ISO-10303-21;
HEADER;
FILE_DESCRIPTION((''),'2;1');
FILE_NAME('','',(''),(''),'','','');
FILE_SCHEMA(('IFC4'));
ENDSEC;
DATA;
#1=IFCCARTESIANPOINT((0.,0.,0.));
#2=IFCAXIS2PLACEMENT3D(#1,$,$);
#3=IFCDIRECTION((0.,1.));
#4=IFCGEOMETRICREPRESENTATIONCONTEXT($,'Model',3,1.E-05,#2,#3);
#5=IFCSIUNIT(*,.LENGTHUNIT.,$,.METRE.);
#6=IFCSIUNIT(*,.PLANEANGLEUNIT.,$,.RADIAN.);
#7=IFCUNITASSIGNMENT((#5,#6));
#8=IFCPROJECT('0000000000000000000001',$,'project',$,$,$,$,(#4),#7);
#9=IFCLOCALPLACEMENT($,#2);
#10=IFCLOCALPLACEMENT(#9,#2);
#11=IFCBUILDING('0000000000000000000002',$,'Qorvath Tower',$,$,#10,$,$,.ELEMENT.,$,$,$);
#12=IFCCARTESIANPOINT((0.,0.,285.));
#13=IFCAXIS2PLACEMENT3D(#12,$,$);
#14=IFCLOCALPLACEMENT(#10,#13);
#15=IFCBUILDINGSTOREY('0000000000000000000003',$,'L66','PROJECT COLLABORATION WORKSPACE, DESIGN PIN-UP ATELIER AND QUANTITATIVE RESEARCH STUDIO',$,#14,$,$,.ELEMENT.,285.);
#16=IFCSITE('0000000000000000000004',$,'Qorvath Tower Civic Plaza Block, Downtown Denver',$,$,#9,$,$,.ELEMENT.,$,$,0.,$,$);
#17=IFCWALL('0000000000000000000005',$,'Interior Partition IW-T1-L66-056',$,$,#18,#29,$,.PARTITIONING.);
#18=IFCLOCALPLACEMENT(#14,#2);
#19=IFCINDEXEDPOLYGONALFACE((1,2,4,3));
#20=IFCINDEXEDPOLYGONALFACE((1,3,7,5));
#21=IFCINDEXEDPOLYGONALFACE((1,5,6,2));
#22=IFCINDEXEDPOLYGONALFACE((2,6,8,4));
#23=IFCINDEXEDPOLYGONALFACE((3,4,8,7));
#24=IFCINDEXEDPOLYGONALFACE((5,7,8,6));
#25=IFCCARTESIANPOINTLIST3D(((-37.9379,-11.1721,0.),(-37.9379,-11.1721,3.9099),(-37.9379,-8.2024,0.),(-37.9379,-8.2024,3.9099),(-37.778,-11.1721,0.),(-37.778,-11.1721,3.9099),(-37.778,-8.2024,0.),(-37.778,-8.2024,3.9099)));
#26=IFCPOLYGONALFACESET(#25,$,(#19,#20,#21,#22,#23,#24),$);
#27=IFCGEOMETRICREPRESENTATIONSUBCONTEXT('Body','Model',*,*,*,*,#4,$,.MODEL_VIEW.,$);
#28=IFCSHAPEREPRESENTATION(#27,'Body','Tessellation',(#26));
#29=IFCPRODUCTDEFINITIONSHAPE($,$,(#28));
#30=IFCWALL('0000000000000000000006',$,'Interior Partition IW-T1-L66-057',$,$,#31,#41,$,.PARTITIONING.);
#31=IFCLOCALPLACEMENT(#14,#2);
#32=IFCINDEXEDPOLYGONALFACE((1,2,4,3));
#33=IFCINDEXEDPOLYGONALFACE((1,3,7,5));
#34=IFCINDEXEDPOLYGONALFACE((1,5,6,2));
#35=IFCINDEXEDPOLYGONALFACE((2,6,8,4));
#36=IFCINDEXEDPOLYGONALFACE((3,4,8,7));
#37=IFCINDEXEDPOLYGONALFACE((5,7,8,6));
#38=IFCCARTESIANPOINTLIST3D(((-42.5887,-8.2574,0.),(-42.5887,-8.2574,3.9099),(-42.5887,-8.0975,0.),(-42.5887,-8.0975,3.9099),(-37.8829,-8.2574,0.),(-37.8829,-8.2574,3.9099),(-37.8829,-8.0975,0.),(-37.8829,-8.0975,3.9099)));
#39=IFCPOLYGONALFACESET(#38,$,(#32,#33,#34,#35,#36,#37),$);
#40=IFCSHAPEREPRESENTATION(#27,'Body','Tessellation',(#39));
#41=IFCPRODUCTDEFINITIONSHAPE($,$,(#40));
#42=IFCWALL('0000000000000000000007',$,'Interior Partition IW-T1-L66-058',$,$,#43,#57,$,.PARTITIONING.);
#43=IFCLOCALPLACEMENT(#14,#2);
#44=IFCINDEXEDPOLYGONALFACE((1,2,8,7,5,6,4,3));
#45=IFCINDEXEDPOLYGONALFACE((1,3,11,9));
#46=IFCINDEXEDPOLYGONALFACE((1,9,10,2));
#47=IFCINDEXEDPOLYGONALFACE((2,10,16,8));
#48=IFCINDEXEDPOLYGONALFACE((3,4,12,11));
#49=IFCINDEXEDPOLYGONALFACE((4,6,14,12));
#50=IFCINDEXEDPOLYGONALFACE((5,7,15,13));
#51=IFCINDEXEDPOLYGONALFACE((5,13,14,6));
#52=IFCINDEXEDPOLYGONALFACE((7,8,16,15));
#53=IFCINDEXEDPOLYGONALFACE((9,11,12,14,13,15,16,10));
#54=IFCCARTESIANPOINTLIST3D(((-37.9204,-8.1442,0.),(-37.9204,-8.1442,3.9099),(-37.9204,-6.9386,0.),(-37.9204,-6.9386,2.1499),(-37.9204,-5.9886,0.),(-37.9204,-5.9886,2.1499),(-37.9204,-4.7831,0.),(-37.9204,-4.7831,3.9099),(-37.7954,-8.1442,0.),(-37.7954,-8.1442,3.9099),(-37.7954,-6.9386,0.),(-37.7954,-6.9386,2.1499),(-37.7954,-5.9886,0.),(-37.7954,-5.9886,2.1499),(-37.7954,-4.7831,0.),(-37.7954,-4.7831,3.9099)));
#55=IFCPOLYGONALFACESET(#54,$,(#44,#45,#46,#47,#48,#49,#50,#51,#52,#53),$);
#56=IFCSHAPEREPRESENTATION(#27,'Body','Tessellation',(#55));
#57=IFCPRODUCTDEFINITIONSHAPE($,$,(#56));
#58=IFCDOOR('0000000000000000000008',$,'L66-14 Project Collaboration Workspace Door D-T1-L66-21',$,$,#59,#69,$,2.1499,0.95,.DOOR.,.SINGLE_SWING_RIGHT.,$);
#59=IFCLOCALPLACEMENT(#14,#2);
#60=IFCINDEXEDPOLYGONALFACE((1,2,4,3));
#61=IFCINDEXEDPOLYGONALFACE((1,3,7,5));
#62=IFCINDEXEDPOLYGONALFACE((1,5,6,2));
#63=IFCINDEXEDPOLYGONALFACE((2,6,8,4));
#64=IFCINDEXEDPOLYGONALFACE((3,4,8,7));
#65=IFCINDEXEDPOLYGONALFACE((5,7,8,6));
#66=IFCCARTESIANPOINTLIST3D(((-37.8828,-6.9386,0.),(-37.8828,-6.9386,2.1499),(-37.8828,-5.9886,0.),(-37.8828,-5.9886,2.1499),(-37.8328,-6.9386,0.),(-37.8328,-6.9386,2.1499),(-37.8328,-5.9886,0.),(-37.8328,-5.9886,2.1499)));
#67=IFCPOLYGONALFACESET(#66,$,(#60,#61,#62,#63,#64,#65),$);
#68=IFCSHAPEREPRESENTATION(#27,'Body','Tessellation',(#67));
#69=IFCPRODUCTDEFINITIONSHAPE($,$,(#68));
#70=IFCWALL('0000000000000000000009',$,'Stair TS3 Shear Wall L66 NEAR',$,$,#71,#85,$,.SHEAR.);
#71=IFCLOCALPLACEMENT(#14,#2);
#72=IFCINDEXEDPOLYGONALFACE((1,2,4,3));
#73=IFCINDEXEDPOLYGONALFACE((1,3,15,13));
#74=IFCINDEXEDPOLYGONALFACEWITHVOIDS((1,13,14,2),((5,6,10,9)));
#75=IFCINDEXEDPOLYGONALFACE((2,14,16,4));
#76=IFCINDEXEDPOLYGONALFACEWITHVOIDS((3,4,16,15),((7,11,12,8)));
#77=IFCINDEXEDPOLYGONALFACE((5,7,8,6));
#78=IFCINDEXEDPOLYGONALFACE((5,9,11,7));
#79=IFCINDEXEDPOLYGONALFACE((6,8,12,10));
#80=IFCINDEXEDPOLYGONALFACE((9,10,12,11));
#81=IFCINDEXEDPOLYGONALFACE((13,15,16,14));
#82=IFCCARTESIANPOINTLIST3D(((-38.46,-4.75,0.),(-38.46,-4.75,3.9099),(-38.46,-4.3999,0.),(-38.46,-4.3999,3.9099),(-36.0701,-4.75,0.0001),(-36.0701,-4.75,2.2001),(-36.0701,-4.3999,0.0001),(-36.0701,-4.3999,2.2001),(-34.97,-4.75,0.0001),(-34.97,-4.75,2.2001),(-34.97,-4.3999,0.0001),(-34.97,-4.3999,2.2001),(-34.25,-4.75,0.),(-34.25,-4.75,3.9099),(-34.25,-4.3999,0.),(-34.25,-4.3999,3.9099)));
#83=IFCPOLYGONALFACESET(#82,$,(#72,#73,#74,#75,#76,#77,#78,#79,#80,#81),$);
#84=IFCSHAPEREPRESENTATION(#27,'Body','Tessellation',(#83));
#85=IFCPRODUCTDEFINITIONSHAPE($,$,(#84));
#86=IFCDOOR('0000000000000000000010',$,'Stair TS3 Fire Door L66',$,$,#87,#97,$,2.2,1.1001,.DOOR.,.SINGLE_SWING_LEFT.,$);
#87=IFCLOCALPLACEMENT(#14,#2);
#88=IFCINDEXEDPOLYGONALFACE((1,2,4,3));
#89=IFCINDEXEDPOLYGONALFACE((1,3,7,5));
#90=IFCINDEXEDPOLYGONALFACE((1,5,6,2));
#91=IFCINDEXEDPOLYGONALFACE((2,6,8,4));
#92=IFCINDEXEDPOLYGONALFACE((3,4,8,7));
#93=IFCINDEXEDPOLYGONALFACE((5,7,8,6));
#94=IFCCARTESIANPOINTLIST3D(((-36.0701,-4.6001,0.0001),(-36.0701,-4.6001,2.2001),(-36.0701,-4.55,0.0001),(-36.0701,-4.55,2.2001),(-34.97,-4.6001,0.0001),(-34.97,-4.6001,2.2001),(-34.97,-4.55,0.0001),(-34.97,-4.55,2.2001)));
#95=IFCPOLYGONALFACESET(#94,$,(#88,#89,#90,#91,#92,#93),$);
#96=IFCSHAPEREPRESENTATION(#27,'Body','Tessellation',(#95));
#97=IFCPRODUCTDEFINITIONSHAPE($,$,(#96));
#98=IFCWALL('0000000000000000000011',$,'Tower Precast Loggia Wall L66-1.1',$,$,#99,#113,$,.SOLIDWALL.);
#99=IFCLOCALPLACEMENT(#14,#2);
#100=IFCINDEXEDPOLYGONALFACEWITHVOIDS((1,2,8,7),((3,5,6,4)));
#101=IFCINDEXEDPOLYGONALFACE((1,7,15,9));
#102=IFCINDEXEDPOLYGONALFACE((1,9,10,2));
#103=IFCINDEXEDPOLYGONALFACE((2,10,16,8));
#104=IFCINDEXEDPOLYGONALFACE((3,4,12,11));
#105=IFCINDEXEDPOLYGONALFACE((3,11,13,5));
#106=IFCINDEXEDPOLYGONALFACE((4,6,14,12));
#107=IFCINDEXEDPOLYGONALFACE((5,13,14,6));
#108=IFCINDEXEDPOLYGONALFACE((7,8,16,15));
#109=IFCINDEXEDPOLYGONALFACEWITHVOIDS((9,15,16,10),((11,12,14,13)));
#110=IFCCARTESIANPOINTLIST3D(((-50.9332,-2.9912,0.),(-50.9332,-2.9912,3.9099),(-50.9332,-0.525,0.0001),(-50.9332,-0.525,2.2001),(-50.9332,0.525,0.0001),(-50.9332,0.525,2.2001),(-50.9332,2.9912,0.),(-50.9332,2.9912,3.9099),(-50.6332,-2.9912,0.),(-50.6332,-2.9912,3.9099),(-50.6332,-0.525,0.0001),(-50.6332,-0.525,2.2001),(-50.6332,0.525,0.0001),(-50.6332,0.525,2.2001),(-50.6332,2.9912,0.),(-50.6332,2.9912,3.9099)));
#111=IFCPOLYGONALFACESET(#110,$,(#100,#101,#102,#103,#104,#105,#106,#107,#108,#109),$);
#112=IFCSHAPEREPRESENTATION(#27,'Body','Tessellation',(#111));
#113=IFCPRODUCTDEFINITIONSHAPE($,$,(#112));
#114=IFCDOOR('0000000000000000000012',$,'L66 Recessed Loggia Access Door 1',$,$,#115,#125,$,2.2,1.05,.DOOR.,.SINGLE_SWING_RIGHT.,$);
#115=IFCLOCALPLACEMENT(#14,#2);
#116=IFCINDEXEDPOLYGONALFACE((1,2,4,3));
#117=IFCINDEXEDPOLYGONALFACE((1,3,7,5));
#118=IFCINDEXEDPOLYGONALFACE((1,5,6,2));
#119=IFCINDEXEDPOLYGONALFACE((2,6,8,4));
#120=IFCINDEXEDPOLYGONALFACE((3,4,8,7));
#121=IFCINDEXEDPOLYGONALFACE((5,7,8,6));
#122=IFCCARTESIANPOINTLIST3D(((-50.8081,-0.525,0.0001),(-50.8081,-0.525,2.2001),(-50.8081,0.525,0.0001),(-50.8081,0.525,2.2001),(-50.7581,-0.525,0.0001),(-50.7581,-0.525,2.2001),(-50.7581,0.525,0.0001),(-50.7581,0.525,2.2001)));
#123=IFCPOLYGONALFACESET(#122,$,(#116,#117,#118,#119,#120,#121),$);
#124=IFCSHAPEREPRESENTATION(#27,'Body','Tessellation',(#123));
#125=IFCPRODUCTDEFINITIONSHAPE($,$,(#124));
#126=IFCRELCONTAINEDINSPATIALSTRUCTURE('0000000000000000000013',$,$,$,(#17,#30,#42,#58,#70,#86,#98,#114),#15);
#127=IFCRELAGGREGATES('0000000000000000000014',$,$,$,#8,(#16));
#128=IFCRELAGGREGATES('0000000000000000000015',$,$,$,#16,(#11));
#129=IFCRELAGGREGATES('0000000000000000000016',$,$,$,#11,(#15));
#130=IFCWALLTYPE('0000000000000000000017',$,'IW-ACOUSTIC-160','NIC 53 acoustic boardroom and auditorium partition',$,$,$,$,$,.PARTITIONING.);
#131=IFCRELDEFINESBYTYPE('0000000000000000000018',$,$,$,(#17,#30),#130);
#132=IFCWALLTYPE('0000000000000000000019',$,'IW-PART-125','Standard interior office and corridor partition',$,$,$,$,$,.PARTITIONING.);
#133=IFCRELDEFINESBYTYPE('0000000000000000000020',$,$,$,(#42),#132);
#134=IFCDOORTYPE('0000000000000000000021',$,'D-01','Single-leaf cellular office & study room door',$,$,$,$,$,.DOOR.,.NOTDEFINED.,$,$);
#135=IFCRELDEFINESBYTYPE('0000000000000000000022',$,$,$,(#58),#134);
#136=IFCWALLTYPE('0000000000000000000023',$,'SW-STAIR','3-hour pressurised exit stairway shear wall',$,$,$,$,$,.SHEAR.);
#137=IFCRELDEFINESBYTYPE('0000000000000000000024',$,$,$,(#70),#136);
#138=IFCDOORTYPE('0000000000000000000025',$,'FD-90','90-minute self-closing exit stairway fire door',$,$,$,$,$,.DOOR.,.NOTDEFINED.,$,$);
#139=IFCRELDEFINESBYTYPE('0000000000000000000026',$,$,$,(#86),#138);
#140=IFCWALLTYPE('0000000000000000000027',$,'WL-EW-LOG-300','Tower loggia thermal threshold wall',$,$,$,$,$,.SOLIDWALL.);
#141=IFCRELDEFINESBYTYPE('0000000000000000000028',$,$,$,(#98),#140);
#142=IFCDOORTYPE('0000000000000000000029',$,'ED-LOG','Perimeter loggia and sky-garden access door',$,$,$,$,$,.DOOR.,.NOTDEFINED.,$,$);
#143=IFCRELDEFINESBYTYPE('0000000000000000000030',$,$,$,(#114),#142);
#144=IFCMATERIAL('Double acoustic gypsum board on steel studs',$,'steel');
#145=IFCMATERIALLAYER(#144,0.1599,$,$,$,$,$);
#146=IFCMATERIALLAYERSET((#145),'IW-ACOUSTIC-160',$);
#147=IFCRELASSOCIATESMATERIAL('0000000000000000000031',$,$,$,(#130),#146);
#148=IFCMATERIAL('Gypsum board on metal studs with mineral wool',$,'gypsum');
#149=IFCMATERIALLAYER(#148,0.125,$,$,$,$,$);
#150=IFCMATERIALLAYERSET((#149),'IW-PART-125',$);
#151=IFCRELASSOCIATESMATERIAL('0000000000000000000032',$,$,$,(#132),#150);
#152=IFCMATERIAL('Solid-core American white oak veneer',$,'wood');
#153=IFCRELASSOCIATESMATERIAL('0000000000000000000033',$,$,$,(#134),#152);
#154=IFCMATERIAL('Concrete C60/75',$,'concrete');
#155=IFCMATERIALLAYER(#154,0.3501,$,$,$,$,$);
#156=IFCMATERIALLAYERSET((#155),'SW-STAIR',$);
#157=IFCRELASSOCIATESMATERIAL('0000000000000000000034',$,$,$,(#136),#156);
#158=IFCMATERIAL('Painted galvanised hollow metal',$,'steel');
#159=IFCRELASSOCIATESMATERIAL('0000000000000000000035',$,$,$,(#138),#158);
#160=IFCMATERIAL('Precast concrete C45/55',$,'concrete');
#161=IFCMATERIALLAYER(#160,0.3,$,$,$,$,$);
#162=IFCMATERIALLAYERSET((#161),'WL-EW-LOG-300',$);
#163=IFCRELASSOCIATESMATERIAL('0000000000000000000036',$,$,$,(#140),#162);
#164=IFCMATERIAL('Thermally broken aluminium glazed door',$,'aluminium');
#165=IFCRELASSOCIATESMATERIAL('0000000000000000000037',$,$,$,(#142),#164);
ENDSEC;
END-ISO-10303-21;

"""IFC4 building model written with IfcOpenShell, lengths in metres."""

from ifc_helpers import new_model, si_unit, direction, frame, frame_2d, origin, place, context, subcontext, project, spatial, rectangle, extrude, material, layer, layer_set, type_object, element, fill, save


model = new_model("IFC4")

# Units and contexts
model_context = context("Model", 3, precision=1e-05, world=origin(), true_north=direction((0.0, 1.0)))
body_context = subcontext(model_context, "Body", "Model", "MODEL_VIEW")
ifc_project = project(units=[si_unit("LENGTHUNIT", "METRE"), si_unit("PLANEANGLEUNIT", "RADIAN")], contexts=[model_context])

# Site, building, storey
site_placement = place(None, origin())
site = spatial("IfcSite", under=ifc_project, at=site_placement, Name="Qorvath Tower Civic Plaza Block, Downtown Denver", CompositionType="ELEMENT", RefElevation=0.0)
building_placement = place(site_placement, origin())
building = spatial("IfcBuilding", under=site, at=building_placement, Name="Qorvath Tower", CompositionType="ELEMENT")
storey_placement = place(building_placement, frame((0.0, 0.0, 285.0)))
storey = spatial("IfcBuildingStorey", under=building, at=storey_placement, Name="L66", Description="PROJECT COLLABORATION WORKSPACE, DESIGN PIN-UP ATELIER AND QUANTITATIVE RESEARCH STUDIO", CompositionType="ELEMENT", Elevation=285.0)

# Shared definitions
ifc_material_1 = material(Name="Double acoustic gypsum board on steel studs", Category="steel")
ifc_layer_1 = layer(ifc_material_1, 0.1599)
ifc_layer_set_1 = layer_set([ifc_layer_1], Name="IW-ACOUSTIC-160")
wall_type_1 = type_object("IfcWallType", Name="IW-ACOUSTIC-160", Description="NIC 53 acoustic boardroom and auditorium partition", PredefinedType="PARTITIONING", material=ifc_layer_set_1)

# Walls
wall_1_placement = place(storey_placement, frame((-37.8579, -11.1721, 0.0), z_axis=(0.0, 0.0, 1.0), x_axis=(0.0, 1.0, 0.0)))
element("IfcWall", 1, at=wall_1_placement, inside=storey, type_object=wall_type_1, Name="Interior Partition IW-T1-L66-056", PredefinedType="PARTITIONING", context=body_context, shape_type="SweptSolid", body=[
    extrude(rectangle(XDim=2.9697, YDim=0.1599, at=frame_2d((1.4849, 0.0))), origin(), (0.0, 0.0, 1.0), 3.9099),
])
wall_2_placement = place(storey_placement, frame((-37.8828, -8.1775, 0.0), z_axis=(0.0, 0.0, 1.0), x_axis=(-1.0, 0.0, 0.0)))
element("IfcWall", 2, at=wall_2_placement, inside=storey, type_object=wall_type_1, Name="Interior Partition IW-T1-L66-057", PredefinedType="PARTITIONING", context=body_context, shape_type="SweptSolid", body=[
    extrude(rectangle(XDim=4.7058, YDim=0.1599, at=frame_2d((2.353, 0.0))), origin(), (0.0, 0.0, 1.0), 3.9099),
])

# Walls, openings, doors
ifc_material_2 = material(Name="Gypsum board on metal studs with mineral wool", Category="gypsum")
ifc_layer_2 = layer(ifc_material_2, 0.125)
ifc_layer_set_2 = layer_set([ifc_layer_2], Name="IW-PART-125")
wall_type_2 = type_object("IfcWallType", Name="IW-PART-125", Description="Standard interior office and corridor partition", PredefinedType="PARTITIONING", material=ifc_layer_set_2)
wall_3_placement = place(storey_placement, frame((-37.8579, -8.1443, 0.0), z_axis=(0.0, 0.0, 1.0), x_axis=(0.0, 1.0, 0.0)))
wall_3 = element("IfcWall", 3, at=wall_3_placement, inside=storey, type_object=wall_type_2, Name="Interior Partition IW-T1-L66-058", PredefinedType="PARTITIONING", context=body_context, shape_type="SweptSolid", body=[
    extrude(rectangle(XDim=3.3611, YDim=0.125, at=frame_2d((1.6807, 0.0))), origin(), (0.0, 0.0, 1.0), 3.9099),
])
opening_1_placement = place(wall_3_placement, frame((1.2056, 0.0, 0.0)))
opening_1 = element("IfcOpeningElement", 4, at=opening_1_placement, cuts=wall_3, PredefinedType="OPENING", context=body_context, shape_type="SweptSolid", body=[
    extrude(rectangle(XDim=0.95, YDim=2.1499, at=frame_2d((0.4751, 1.075))), frame((0.0, 0.0725, 0.0), z_axis=(0.0, -1.0, 0.0), x_axis=(1.0, 0.0, 0.0)), (0.0, 0.0, 1.0), 0.145),
])
ifc_material_3 = material(Name="Solid-core American white oak veneer", Category="wood")
door_type_1 = type_object("IfcDoorType", Name="D-01", Description="Single-leaf cellular office & study room door", OperationType="NOTDEFINED", PredefinedType="DOOR", material=ifc_material_3)
door_1_placement = place(opening_1_placement, origin())
door_1 = element("IfcDoor", 5, at=door_1_placement, inside=storey, type_object=door_type_1, Name="L66-14 Project Collaboration Workspace Door D-T1-L66-21", OperationType="SINGLE_SWING_RIGHT", OverallHeight=2.1499, OverallWidth=0.95, PredefinedType="DOOR", context=body_context, shape_type="SweptSolid", body=[
    extrude(rectangle(XDim=0.95, YDim=2.1499, at=frame_2d((0.4751, 1.075))), frame((0.0, 0.0249, 0.0), z_axis=(0.0, -1.0, 0.0), x_axis=(1.0, 0.0, 0.0)), (0.0, 0.0, 1.0), 0.05),
])
fill(opening_1, door_1)
ifc_material_4 = material(Name="Concrete C60/75", Category="concrete")
ifc_layer_3 = layer(ifc_material_4, 0.3501)
ifc_layer_set_3 = layer_set([ifc_layer_3], Name="SW-STAIR")
wall_type_3 = type_object("IfcWallType", Name="SW-STAIR", Description="3-hour pressurised exit stairway shear wall", PredefinedType="SHEAR", material=ifc_layer_set_3)
wall_4_placement = place(storey_placement, frame((-38.46, -4.575, 0.0), z_axis=(0.0, 0.0, 1.0), x_axis=(1.0, 0.0, 0.0)))
wall_4 = element("IfcWall", 6, at=wall_4_placement, inside=storey, type_object=wall_type_3, Name="Stair TS3 Shear Wall L66 NEAR", PredefinedType="SHEAR", context=body_context, shape_type="SweptSolid", body=[
    extrude(rectangle(XDim=4.21, YDim=0.3501, at=frame_2d((2.105, 0.0))), origin(), (0.0, 0.0, 1.0), 3.9099),
])
opening_2_placement = place(wall_4_placement, frame((2.3899, 0.0, 0.0)))
opening_2 = element("IfcOpeningElement", 7, at=opening_2_placement, cuts=wall_4, PredefinedType="OPENING", context=body_context, shape_type="SweptSolid", body=[
    extrude(rectangle(XDim=1.1001, YDim=2.2, at=frame_2d((0.55, 1.1001))), frame((0.0, 0.1851, 0.0), z_axis=(0.0, -1.0, 0.0), x_axis=(1.0, 0.0, 0.0)), (0.0, 0.0, 1.0), 0.3701),
])
ifc_material_5 = material(Name="Painted galvanised hollow metal", Category="steel")
door_type_2 = type_object("IfcDoorType", Name="FD-90", Description="90-minute self-closing exit stairway fire door", OperationType="NOTDEFINED", PredefinedType="DOOR", material=ifc_material_5)
door_2_placement = place(opening_2_placement, origin())
door_2 = element("IfcDoor", 8, at=door_2_placement, inside=storey, type_object=door_type_2, Name="Stair TS3 Fire Door L66", OperationType="SINGLE_SWING_LEFT", OverallHeight=2.2, OverallWidth=1.1001, PredefinedType="DOOR", context=body_context, shape_type="SweptSolid", body=[
    extrude(rectangle(XDim=1.1001, YDim=2.2, at=frame_2d((0.55, 1.1001))), frame((0.0, 0.0249, 0.0), z_axis=(0.0, -1.0, 0.0), x_axis=(1.0, 0.0, 0.0)), (0.0, 0.0, 1.0), 0.05),
])
fill(opening_2, door_2)
ifc_material_6 = material(Name="Precast concrete C45/55", Category="concrete")
ifc_layer_4 = layer(ifc_material_6, 0.3)
ifc_layer_set_4 = layer_set([ifc_layer_4], Name="WL-EW-LOG-300")
wall_type_4 = type_object("IfcWallType", Name="WL-EW-LOG-300", Description="Tower loggia thermal threshold wall", PredefinedType="SOLIDWALL", material=ifc_layer_set_4)
wall_5_placement = place(storey_placement, frame((-50.7832, -2.9912, 0.0), z_axis=(0.0, 0.0, 1.0), x_axis=(0.0, 1.0, 0.0)))
wall_5 = element("IfcWall", 9, at=wall_5_placement, inside=storey, type_object=wall_type_4, Name="Tower Precast Loggia Wall L66-1.1", PredefinedType="SOLIDWALL", context=body_context, shape_type="SweptSolid", body=[
    extrude(rectangle(XDim=5.9824, YDim=0.3, at=frame_2d((2.9912, 0.0))), origin(), (0.0, 0.0, 1.0), 3.9099),
])
opening_3_placement = place(wall_5_placement, frame((2.4663, 0.0, 0.0)))
opening_3 = element("IfcOpeningElement", 10, at=opening_3_placement, cuts=wall_5, PredefinedType="OPENING", context=body_context, shape_type="SweptSolid", body=[
    extrude(rectangle(XDim=1.05, YDim=2.2, at=frame_2d((0.5249, 1.1001))), frame((0.0, 0.1602, 0.0), z_axis=(0.0, -1.0, 0.0), x_axis=(1.0, 0.0, 0.0)), (0.0, 0.0, 1.0), 0.3201),
])
ifc_material_7 = material(Name="Thermally broken aluminium glazed door", Category="aluminium")
door_type_3 = type_object("IfcDoorType", Name="ED-LOG", Description="Perimeter loggia and sky-garden access door", OperationType="NOTDEFINED", PredefinedType="DOOR", material=ifc_material_7)
door_3_placement = place(opening_3_placement, origin())
door_3 = element("IfcDoor", 11, at=door_3_placement, inside=storey, type_object=door_type_3, Name="L66 Recessed Loggia Access Door 1", OperationType="SINGLE_SWING_RIGHT", OverallHeight=2.2, OverallWidth=1.05, PredefinedType="DOOR", context=body_context, shape_type="SweptSolid", body=[
    extrude(rectangle(XDim=1.05, YDim=2.2, at=frame_2d((0.5249, 1.1001))), frame((0.0, 0.0249, 0.0), z_axis=(0.0, -1.0, 0.0), x_axis=(1.0, 0.0, 0.0)), (0.0, 0.0, 1.0), 0.05),
])
fill(opening_3, door_3)

save(model, "model.ifc")
